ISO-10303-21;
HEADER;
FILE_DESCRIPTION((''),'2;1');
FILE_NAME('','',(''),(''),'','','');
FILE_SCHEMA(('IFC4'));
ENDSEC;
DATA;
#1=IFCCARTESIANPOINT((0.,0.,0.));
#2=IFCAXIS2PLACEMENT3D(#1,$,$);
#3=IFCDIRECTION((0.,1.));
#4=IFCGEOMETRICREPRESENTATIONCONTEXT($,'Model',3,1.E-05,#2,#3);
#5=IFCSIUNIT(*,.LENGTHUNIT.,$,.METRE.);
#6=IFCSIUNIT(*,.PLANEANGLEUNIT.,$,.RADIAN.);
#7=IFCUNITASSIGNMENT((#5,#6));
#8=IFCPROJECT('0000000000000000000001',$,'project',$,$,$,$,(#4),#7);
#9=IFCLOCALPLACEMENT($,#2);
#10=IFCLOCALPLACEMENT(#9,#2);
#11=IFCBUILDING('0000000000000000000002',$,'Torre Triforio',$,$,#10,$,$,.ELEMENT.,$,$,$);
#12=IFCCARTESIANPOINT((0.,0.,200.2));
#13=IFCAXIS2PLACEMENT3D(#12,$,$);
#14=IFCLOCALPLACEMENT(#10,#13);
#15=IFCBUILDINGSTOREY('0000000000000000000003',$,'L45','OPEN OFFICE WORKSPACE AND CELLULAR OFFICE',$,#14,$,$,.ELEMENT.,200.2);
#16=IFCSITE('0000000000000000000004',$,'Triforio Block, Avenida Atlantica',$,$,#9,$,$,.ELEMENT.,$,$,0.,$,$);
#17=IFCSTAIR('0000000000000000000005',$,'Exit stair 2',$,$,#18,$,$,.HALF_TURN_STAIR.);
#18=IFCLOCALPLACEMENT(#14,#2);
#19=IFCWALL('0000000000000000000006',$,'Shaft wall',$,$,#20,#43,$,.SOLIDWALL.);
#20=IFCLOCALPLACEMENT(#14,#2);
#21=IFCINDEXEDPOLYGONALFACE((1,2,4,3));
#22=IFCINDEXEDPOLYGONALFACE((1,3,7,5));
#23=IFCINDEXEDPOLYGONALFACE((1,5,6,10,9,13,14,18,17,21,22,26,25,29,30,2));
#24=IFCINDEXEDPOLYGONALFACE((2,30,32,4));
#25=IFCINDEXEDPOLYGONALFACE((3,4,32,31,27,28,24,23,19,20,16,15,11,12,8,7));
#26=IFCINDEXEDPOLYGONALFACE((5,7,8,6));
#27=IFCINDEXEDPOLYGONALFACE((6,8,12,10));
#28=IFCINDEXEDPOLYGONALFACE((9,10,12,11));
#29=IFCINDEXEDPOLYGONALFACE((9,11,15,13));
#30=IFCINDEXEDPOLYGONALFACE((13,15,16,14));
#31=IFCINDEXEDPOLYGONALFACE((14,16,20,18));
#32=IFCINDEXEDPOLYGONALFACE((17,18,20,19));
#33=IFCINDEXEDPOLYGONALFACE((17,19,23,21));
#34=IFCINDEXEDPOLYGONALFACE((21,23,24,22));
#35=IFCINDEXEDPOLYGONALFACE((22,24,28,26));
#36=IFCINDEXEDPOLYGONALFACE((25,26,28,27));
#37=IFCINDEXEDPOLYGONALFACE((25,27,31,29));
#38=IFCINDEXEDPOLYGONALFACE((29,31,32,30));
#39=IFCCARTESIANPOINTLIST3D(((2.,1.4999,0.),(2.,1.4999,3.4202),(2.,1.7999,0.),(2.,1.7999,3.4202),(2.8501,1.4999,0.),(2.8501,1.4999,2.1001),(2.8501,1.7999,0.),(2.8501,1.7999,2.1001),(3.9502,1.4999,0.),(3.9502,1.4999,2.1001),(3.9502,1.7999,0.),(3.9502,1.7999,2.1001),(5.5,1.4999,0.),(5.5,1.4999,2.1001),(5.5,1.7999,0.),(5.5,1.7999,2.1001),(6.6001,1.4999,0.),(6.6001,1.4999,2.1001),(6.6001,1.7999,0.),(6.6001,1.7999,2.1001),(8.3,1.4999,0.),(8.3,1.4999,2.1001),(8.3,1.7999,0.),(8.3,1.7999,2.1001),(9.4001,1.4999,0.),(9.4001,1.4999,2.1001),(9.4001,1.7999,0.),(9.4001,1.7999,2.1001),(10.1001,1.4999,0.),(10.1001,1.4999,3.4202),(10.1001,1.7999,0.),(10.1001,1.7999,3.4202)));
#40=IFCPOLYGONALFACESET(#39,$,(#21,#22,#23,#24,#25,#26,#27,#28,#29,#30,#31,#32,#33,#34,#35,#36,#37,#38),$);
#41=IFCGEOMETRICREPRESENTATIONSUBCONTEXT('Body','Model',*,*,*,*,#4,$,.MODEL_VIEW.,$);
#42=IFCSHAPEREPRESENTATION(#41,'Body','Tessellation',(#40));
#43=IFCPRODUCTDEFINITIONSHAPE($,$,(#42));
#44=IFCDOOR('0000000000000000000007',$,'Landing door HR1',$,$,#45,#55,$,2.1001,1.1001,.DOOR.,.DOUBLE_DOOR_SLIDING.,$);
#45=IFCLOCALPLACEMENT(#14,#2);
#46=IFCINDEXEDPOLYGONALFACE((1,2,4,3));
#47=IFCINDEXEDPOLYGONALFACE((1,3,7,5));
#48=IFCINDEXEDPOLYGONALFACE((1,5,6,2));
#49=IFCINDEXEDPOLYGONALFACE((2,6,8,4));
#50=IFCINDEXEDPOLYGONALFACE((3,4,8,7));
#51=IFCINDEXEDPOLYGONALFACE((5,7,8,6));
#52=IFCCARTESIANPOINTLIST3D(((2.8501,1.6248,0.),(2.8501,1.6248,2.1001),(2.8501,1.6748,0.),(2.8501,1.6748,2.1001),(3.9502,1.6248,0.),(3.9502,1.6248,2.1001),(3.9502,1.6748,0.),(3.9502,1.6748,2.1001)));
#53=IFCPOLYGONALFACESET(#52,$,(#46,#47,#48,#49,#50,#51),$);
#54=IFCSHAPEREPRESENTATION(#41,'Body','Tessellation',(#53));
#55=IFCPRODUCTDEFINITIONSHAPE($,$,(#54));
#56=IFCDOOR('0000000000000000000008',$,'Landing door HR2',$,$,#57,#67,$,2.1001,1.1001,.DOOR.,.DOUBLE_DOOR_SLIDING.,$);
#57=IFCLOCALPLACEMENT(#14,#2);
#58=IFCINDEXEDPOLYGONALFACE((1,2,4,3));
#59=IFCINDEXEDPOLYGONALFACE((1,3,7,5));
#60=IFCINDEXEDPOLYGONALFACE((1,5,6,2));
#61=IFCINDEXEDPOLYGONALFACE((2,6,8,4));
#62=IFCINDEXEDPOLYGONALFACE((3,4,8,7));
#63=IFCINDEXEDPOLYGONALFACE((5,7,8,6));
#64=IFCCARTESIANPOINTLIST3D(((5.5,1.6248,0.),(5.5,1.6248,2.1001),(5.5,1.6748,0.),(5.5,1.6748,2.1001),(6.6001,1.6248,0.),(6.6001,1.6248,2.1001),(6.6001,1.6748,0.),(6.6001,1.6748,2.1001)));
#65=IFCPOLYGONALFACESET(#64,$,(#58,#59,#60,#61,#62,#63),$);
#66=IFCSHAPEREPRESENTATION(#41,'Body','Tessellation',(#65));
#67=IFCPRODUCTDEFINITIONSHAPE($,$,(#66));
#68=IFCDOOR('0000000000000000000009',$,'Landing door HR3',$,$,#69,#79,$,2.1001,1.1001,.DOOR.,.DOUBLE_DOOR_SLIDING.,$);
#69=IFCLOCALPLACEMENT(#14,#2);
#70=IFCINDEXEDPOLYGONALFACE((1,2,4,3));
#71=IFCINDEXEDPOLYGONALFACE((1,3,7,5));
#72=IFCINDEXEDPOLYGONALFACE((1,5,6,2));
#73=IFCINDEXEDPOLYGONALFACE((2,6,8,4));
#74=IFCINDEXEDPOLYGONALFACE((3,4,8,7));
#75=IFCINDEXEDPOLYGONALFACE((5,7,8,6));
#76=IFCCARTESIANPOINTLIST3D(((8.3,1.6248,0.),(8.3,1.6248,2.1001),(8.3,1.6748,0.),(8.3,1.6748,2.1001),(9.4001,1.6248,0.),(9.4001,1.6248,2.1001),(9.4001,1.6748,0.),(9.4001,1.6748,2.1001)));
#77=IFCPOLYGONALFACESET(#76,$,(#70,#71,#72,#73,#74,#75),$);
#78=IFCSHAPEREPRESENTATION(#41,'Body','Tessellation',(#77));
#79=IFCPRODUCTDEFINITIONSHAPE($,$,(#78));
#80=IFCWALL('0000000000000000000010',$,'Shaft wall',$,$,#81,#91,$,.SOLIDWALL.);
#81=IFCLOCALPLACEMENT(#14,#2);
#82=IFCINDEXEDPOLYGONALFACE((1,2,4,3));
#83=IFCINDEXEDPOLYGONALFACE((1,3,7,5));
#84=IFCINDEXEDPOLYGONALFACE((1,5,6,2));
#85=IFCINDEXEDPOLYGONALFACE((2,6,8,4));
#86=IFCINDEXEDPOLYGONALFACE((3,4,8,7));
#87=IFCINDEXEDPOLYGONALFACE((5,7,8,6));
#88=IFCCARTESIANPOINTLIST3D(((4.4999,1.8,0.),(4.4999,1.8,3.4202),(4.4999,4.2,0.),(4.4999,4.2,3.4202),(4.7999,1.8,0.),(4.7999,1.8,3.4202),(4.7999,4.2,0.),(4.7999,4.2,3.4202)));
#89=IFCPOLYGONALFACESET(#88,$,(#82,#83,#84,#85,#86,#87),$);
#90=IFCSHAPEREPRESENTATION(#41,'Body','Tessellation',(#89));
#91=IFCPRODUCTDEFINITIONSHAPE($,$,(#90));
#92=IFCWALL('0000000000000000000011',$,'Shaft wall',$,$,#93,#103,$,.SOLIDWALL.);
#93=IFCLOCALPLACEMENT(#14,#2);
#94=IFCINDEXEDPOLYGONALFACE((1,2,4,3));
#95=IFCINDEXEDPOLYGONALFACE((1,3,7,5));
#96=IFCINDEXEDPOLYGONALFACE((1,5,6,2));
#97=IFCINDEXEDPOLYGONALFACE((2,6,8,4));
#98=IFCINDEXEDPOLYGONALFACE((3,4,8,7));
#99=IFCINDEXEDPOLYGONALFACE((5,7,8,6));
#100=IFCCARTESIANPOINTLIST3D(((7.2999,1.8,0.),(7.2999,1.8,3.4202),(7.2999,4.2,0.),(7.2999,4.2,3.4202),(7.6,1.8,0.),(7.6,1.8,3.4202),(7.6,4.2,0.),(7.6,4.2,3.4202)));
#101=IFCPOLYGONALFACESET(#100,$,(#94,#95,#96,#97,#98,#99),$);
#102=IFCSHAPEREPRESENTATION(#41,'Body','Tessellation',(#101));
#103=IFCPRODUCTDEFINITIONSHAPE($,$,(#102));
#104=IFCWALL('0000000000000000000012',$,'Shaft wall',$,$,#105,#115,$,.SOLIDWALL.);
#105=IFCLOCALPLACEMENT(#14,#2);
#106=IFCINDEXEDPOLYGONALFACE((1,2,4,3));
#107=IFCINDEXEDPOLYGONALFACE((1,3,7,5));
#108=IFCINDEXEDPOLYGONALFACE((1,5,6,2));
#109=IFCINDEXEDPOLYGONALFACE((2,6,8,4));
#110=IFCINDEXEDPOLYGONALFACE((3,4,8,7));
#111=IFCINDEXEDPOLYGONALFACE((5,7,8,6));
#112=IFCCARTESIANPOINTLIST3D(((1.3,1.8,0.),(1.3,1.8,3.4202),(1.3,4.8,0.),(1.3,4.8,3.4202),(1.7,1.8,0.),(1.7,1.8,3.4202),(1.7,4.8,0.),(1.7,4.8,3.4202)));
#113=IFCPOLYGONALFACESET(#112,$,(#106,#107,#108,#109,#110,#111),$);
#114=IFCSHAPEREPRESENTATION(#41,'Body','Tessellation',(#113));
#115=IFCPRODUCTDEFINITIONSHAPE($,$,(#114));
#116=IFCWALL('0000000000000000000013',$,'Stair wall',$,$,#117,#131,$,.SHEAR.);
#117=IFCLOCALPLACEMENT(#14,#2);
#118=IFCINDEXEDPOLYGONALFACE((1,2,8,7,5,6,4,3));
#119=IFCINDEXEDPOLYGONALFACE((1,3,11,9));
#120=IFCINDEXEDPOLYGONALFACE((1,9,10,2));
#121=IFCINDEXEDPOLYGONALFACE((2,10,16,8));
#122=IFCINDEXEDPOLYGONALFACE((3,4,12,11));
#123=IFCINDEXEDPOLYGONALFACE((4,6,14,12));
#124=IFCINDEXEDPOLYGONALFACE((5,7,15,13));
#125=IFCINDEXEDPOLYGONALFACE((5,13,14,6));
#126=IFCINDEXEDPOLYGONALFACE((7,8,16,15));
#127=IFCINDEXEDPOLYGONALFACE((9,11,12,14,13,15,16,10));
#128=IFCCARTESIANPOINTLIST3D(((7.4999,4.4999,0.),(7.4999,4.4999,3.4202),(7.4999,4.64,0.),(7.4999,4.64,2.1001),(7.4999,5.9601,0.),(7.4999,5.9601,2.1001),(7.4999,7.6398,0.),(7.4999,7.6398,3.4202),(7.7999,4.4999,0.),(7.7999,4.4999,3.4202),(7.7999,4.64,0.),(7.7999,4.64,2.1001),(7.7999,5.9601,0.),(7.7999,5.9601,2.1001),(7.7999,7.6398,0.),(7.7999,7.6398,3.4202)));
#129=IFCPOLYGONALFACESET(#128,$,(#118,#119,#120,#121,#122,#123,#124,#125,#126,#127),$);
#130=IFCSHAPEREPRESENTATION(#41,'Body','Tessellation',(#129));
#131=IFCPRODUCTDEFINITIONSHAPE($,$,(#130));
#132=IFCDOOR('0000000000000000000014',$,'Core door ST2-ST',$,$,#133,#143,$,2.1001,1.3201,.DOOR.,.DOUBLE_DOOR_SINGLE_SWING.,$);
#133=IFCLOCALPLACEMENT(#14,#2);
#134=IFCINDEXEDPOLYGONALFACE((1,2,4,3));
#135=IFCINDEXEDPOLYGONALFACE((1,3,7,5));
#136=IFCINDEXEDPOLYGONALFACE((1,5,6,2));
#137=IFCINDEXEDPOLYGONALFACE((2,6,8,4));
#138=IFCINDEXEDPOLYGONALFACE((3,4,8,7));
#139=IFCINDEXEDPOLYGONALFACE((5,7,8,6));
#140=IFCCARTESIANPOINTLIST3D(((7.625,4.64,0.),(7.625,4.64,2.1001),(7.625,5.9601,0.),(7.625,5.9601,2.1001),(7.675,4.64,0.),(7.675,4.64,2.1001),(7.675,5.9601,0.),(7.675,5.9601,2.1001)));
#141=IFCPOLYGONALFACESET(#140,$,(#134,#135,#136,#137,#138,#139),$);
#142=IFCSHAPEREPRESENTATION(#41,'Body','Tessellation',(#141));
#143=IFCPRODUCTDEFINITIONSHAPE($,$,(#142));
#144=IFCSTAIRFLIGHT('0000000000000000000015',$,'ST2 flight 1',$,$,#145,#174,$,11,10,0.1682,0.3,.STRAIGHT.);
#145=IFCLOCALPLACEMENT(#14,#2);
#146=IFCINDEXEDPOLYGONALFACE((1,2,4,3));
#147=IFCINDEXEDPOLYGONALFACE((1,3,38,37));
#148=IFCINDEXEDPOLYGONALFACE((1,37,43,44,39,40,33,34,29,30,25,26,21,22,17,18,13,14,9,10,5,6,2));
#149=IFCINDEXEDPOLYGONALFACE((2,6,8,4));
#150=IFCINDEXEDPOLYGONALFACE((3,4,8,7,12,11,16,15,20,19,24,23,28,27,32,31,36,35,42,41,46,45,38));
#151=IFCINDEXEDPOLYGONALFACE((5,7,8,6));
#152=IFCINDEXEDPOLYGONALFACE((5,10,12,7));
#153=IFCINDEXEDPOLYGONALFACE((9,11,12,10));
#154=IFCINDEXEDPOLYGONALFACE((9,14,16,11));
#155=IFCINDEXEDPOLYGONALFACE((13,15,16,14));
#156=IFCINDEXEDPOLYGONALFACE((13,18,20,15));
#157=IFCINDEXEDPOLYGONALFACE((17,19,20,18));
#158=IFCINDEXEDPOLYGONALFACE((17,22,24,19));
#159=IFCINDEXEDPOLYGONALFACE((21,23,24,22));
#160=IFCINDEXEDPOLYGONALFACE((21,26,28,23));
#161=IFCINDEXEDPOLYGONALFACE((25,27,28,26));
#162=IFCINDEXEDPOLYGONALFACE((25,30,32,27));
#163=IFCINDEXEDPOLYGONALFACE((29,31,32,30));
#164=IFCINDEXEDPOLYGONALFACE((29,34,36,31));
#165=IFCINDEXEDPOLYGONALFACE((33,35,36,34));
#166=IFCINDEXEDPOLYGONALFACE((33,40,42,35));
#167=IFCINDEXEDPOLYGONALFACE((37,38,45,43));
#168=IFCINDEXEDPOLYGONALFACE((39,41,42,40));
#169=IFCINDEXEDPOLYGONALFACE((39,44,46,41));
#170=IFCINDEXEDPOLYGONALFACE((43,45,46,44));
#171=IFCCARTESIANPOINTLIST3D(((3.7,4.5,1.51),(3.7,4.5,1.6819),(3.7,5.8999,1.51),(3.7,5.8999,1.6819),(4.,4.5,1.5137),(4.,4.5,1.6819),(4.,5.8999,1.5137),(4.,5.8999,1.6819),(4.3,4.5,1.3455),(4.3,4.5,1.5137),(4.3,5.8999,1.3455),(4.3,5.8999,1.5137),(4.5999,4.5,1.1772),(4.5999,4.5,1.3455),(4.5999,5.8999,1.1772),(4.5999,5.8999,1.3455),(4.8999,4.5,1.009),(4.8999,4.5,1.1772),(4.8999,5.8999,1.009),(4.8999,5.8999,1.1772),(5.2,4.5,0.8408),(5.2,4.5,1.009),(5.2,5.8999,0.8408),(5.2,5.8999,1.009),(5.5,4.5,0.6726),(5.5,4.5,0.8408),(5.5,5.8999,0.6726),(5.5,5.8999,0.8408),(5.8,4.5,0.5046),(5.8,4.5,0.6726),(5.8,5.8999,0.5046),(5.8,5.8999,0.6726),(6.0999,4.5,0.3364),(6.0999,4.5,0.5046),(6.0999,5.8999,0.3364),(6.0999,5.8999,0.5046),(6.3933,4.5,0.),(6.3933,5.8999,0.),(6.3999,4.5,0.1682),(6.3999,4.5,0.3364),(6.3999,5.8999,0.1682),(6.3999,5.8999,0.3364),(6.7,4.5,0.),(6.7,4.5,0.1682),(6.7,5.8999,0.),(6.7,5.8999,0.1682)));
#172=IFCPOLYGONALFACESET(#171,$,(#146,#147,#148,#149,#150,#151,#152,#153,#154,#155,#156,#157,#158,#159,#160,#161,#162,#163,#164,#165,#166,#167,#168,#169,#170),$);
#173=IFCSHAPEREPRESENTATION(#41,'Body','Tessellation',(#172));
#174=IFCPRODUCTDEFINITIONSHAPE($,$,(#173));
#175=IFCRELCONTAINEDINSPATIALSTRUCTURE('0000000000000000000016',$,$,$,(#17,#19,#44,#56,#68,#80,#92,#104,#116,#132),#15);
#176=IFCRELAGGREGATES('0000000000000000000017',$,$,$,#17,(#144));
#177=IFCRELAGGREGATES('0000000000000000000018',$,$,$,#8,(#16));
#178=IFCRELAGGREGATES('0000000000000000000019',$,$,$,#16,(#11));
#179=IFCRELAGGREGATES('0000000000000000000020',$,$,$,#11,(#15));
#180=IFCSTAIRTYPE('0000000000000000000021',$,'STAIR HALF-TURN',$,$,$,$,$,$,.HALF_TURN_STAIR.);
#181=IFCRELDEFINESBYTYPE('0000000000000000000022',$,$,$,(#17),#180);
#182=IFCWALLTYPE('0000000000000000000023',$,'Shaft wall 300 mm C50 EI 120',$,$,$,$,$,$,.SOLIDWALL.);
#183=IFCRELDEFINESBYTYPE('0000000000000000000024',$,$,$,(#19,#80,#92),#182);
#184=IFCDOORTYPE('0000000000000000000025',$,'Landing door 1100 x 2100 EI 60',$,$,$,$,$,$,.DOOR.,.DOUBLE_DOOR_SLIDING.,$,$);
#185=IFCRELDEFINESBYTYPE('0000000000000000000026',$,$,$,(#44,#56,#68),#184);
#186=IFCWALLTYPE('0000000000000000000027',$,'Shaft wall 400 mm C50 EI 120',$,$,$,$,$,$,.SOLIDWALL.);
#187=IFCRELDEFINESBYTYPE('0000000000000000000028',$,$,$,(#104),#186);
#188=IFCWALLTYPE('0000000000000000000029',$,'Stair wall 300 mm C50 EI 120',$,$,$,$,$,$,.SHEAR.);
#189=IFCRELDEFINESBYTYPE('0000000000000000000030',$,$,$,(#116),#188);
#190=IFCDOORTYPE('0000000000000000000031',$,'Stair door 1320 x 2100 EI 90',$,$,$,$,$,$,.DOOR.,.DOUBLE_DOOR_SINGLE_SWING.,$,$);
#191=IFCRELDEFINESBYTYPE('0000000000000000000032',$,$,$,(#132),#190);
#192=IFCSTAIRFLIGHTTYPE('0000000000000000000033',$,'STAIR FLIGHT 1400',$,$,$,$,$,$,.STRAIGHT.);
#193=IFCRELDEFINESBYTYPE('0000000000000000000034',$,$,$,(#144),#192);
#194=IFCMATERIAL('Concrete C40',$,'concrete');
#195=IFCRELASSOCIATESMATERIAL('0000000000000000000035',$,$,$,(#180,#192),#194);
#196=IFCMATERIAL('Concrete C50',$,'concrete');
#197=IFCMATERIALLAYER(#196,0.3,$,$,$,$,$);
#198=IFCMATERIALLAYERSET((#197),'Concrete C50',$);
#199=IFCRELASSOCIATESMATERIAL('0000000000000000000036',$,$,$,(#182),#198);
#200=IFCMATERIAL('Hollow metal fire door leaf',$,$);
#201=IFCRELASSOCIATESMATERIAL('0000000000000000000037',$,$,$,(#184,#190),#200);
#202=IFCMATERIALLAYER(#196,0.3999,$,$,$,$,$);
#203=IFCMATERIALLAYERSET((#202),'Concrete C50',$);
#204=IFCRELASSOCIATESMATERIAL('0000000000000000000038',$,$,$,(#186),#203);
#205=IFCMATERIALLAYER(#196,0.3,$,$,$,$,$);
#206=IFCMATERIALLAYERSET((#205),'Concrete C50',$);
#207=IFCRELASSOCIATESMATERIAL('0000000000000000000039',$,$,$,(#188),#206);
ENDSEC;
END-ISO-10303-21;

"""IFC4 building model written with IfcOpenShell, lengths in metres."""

from ifc_helpers import new_model, si_unit, direction, frame, frame_2d, origin, place, context, subcontext, project, spatial, polyline, rectangle, outline, extrude, material, layer, layer_set, type_object, element, fill, aggregate, save


model = new_model("IFC4")

# Units and contexts
model_context = context("Model", 3, precision=1e-05, world=origin(), true_north=direction((0.0, 1.0)))
body_context = subcontext(model_context, "Body", "Model", "MODEL_VIEW")
ifc_project = project(units=[si_unit("LENGTHUNIT", "METRE"), si_unit("PLANEANGLEUNIT", "RADIAN")], contexts=[model_context])

# Site, building, storey
site_placement = place(None, origin())
site = spatial("IfcSite", under=ifc_project, at=site_placement, Name="Triforio Block, Avenida Atlantica", CompositionType="ELEMENT", RefElevation=0.0)
building_placement = place(site_placement, origin())
building = spatial("IfcBuilding", under=site, at=building_placement, Name="Torre Triforio", CompositionType="ELEMENT")
storey_placement = place(building_placement, frame((0.0, 0.0, 200.2)))
storey = spatial("IfcBuildingStorey", under=building, at=storey_placement, Name="L45", Description="OPEN OFFICE WORKSPACE AND CELLULAR OFFICE", CompositionType="ELEMENT", Elevation=200.2)

# Shared definitions
ifc_material_1 = material(Name="Concrete C50", Category="concrete")

# Stair
ifc_material_2 = material(Name="Concrete C40", Category="concrete")
stair_type = type_object("IfcStairType", Name="STAIR HALF-TURN", PredefinedType="HALF_TURN_STAIR", material=ifc_material_2)
stair_1_placement = place(storey_placement, origin())
stair_1 = element("IfcStair", 1, at=stair_1_placement, inside=storey, type_object=stair_type, Name="Exit stair 2", PredefinedType="HALF_TURN_STAIR")

# Shared definitions
ifc_layer_1 = layer(ifc_material_1, 0.3)
ifc_layer_set_1 = layer_set([ifc_layer_1], Name="Concrete C50")
wall_type_1 = type_object("IfcWallType", Name="Shaft wall 300 mm C50 EI 120", PredefinedType="SOLIDWALL", material=ifc_layer_set_1)

# Wall, openings, doors
wall_1_placement = place(storey_placement, frame((2.0, 1.6499, 0.0), z_axis=(0.0, 0.0, 1.0), x_axis=(1.0, 0.0, 0.0)))
wall_1 = element("IfcWall", 2, at=wall_1_placement, inside=storey, type_object=wall_type_1, Name="Shaft wall", PredefinedType="SOLIDWALL", context=body_context, shape_type="SweptSolid", body=[
    extrude(rectangle(XDim=8.1001, YDim=0.3, at=frame_2d((4.05, 0.0))), origin(), (0.0, 0.0, 1.0), 3.4202),
])
opening_1_placement = place(wall_1_placement, frame((0.8501, 0.0, 0.0)))
opening_1 = element("IfcOpeningElement", 3, at=opening_1_placement, cuts=wall_1, PredefinedType="OPENING", context=body_context, shape_type="SweptSolid", body=[
    extrude(rectangle(XDim=1.1001, YDim=2.1001, at=frame_2d((0.55, 1.05))), frame((0.0, 0.1599, 0.0), z_axis=(0.0, -1.0, 0.0), x_axis=(1.0, 0.0, 0.0)), (0.0, 0.0, 1.0), 0.3201),
])
opening_2_placement = place(wall_1_placement, frame((3.5, 0.0, 0.0)))
opening_2 = element("IfcOpeningElement", 4, at=opening_2_placement, cuts=wall_1, PredefinedType="OPENING", context=body_context, shape_type="SweptSolid", body=[
    extrude(rectangle(XDim=1.1001, YDim=2.1001, at=frame_2d((0.55, 1.05))), frame((0.0, 0.1599, 0.0), z_axis=(0.0, -1.0, 0.0), x_axis=(1.0, 0.0, 0.0)), (0.0, 0.0, 1.0), 0.3201),
])
opening_3_placement = place(wall_1_placement, frame((6.3, 0.0, 0.0)))
opening_3 = element("IfcOpeningElement", 5, at=opening_3_placement, cuts=wall_1, PredefinedType="OPENING", context=body_context, shape_type="SweptSolid", body=[
    extrude(rectangle(XDim=1.1001, YDim=2.1001, at=frame_2d((0.55, 1.05))), frame((0.0, 0.1599, 0.0), z_axis=(0.0, -1.0, 0.0), x_axis=(1.0, 0.0, 0.0)), (0.0, 0.0, 1.0), 0.3201),
])
ifc_material_3 = material(Name="Hollow metal fire door leaf")
door_type_1 = type_object("IfcDoorType", Name="Landing door 1100 x 2100 EI 60", OperationType="DOUBLE_DOOR_SLIDING", PredefinedType="DOOR", material=ifc_material_3)
door_1_placement = place(opening_1_placement, origin())
door_1 = element("IfcDoor", 6, at=door_1_placement, inside=storey, type_object=door_type_1, Name="Landing door HR1", OperationType="DOUBLE_DOOR_SLIDING", OverallHeight=2.1001, OverallWidth=1.1001, PredefinedType="DOOR", context=body_context, shape_type="SweptSolid", body=[
    extrude(rectangle(XDim=1.1001, YDim=2.1001, at=frame_2d((0.55, 1.05))), frame((0.0, 0.0249, 0.0), z_axis=(0.0, -1.0, 0.0), x_axis=(1.0, 0.0, 0.0)), (0.0, 0.0, 1.0), 0.05),
])
fill(opening_1, door_1)
door_2_placement = place(opening_2_placement, origin())
door_2 = element("IfcDoor", 7, at=door_2_placement, inside=storey, type_object=door_type_1, Name="Landing door HR2", OperationType="DOUBLE_DOOR_SLIDING", OverallHeight=2.1001, OverallWidth=1.1001, PredefinedType="DOOR", context=body_context, shape_type="SweptSolid", body=[
    extrude(rectangle(XDim=1.1001, YDim=2.1001, at=frame_2d((0.55, 1.05))), frame((0.0, 0.0249, 0.0), z_axis=(0.0, -1.0, 0.0), x_axis=(1.0, 0.0, 0.0)), (0.0, 0.0, 1.0), 0.05),
])
fill(opening_2, door_2)
door_3_placement = place(opening_3_placement, origin())
door_3 = element("IfcDoor", 8, at=door_3_placement, inside=storey, type_object=door_type_1, Name="Landing door HR3", OperationType="DOUBLE_DOOR_SLIDING", OverallHeight=2.1001, OverallWidth=1.1001, PredefinedType="DOOR", context=body_context, shape_type="SweptSolid", body=[
    extrude(rectangle(XDim=1.1001, YDim=2.1001, at=frame_2d((0.55, 1.05))), frame((0.0, 0.0249, 0.0), z_axis=(0.0, -1.0, 0.0), x_axis=(1.0, 0.0, 0.0)), (0.0, 0.0, 1.0), 0.05),
])
fill(opening_3, door_3)

# Walls
for number, where, z_axis, x_axis, name in (
    (9, (4.6499, 1.8, 0.0), (0.0, 0.0, 1.0), (0.0, 1.0, 0.0), "Shaft wall"),
    (10, (7.45, 1.8, 0.0), (0.0, 0.0, 1.0), (0.0, 1.0, 0.0), "Shaft wall"),
):
    element("IfcWall", number, at=place(storey_placement, frame(where, z_axis=z_axis, x_axis=x_axis)), inside=storey, type_object=wall_type_1, Name=name, PredefinedType="SOLIDWALL", context=body_context, shape_type="SweptSolid", body=[
        extrude(rectangle(XDim=2.3999, YDim=0.3, at=frame_2d((1.2, 0.0))), origin(), (0.0, 0.0, 1.0), 3.4202),
    ])
ifc_layer_2 = layer(ifc_material_1, 0.3999)
ifc_layer_set_2 = layer_set([ifc_layer_2], Name="Concrete C50")
wall_type_2 = type_object("IfcWallType", Name="Shaft wall 400 mm C50 EI 120", PredefinedType="SOLIDWALL", material=ifc_layer_set_2)
wall_2_placement = place(storey_placement, frame((1.5, 1.8, 0.0), z_axis=(0.0, 0.0, 1.0), x_axis=(0.0, 1.0, 0.0)))
element("IfcWall", 11, at=wall_2_placement, inside=storey, type_object=wall_type_2, Name="Shaft wall", PredefinedType="SOLIDWALL", context=body_context, shape_type="SweptSolid", body=[
    extrude(rectangle(XDim=3.0, YDim=0.3999, at=frame_2d((1.5, 0.0))), origin(), (0.0, 0.0, 1.0), 3.4202),
])

# Wall, opening, door
ifc_layer_3 = layer(ifc_material_1, 0.3)
ifc_layer_set_3 = layer_set([ifc_layer_3], Name="Concrete C50")
wall_type_3 = type_object("IfcWallType", Name="Stair wall 300 mm C50 EI 120", PredefinedType="SHEAR", material=ifc_layer_set_3)
wall_3_placement = place(storey_placement, frame((7.6499, 4.5, 0.0), z_axis=(0.0, 0.0, 1.0), x_axis=(0.0, 1.0, 0.0)))
wall_3 = element("IfcWall", 12, at=wall_3_placement, inside=storey, type_object=wall_type_3, Name="Stair wall", PredefinedType="SHEAR", context=body_context, shape_type="SweptSolid", body=[
    extrude(rectangle(XDim=3.1399, YDim=0.3, at=frame_2d((1.5698, 0.0))), origin(), (0.0, 0.0, 1.0), 3.4202),
])
opening_4_placement = place(wall_3_placement, frame((0.1399, 0.0, 0.0)))
opening_4 = element("IfcOpeningElement", 13, at=opening_4_placement, cuts=wall_3, PredefinedType="OPENING", context=body_context, shape_type="SweptSolid", body=[
    extrude(rectangle(XDim=1.3201, YDim=2.1001, at=frame_2d((0.6602, 1.05))), frame((0.0, 0.1599, 0.0), z_axis=(0.0, -1.0, 0.0), x_axis=(1.0, 0.0, 0.0)), (0.0, 0.0, 1.0), 0.3201),
])
door_type_2 = type_object("IfcDoorType", Name="Stair door 1320 x 2100 EI 90", OperationType="DOUBLE_DOOR_SINGLE_SWING", PredefinedType="DOOR", material=ifc_material_3)
door_4_placement = place(opening_4_placement, origin())
door_4 = element("IfcDoor", 14, at=door_4_placement, inside=storey, type_object=door_type_2, Name="Core door ST2-ST", OperationType="DOUBLE_DOOR_SINGLE_SWING", OverallHeight=2.1001, OverallWidth=1.3201, PredefinedType="DOOR", context=body_context, shape_type="SweptSolid", body=[
    extrude(rectangle(XDim=1.3201, YDim=2.1001, at=frame_2d((0.6602, 1.05))), frame((0.0, 0.0249, 0.0), z_axis=(0.0, -1.0, 0.0), x_axis=(1.0, 0.0, 0.0)), (0.0, 0.0, 1.0), 0.05),
])
fill(opening_4, door_4)

# Stair flight
stair_flight_type = type_object("IfcStairFlightType", Name="STAIR FLIGHT 1400", PredefinedType="STRAIGHT", material=ifc_material_2)
stair_flight_placement = place(storey_placement, frame((6.7, 5.2, 0.0), z_axis=(0.0, 0.0, 1.0), x_axis=(-1.0, 0.0, 0.0)))
stair_flight = element("IfcStairFlight", 15, at=stair_flight_placement, type_object=stair_flight_type, Name="ST2 flight 1", NumberOfRisers=11, NumberOfTreads=10, PredefinedType="STRAIGHT", RiserHeight=0.1682, TreadLength=0.3, context=body_context, shape_type="SweptSolid", body=[
    extrude(outline(polyline([(0.0, 0.0), (0.0, 0.1682), (0.3, 0.1682), (0.3, 0.3364), (0.6001, 0.3364), (0.6001, 0.5046), (0.8999, 0.5046), (0.8999, 0.6726), (1.2, 0.6726), (1.2, 0.8408), (1.5, 0.8408), (1.5, 1.009), (1.8, 1.009), (1.8, 1.1772), (2.1001, 1.1772), (2.1001, 1.3455), (2.3999, 1.3455), (2.3999, 1.5137), (2.7, 1.5137), (2.7, 1.6819), (3.0, 1.6819), (3.0, 1.8501), (3.0, 1.51), (0.3066, 0.0), (0.0, 0.0)])), frame((0.0, 0.7, 0.0), z_axis=(0.0, -1.0, 0.0), x_axis=(1.0, 0.0, 0.0)), (0.0, 0.0, 1.0), 1.3999),
])
aggregate(stair_1, [stair_flight])

save(model, "model.ifc")
